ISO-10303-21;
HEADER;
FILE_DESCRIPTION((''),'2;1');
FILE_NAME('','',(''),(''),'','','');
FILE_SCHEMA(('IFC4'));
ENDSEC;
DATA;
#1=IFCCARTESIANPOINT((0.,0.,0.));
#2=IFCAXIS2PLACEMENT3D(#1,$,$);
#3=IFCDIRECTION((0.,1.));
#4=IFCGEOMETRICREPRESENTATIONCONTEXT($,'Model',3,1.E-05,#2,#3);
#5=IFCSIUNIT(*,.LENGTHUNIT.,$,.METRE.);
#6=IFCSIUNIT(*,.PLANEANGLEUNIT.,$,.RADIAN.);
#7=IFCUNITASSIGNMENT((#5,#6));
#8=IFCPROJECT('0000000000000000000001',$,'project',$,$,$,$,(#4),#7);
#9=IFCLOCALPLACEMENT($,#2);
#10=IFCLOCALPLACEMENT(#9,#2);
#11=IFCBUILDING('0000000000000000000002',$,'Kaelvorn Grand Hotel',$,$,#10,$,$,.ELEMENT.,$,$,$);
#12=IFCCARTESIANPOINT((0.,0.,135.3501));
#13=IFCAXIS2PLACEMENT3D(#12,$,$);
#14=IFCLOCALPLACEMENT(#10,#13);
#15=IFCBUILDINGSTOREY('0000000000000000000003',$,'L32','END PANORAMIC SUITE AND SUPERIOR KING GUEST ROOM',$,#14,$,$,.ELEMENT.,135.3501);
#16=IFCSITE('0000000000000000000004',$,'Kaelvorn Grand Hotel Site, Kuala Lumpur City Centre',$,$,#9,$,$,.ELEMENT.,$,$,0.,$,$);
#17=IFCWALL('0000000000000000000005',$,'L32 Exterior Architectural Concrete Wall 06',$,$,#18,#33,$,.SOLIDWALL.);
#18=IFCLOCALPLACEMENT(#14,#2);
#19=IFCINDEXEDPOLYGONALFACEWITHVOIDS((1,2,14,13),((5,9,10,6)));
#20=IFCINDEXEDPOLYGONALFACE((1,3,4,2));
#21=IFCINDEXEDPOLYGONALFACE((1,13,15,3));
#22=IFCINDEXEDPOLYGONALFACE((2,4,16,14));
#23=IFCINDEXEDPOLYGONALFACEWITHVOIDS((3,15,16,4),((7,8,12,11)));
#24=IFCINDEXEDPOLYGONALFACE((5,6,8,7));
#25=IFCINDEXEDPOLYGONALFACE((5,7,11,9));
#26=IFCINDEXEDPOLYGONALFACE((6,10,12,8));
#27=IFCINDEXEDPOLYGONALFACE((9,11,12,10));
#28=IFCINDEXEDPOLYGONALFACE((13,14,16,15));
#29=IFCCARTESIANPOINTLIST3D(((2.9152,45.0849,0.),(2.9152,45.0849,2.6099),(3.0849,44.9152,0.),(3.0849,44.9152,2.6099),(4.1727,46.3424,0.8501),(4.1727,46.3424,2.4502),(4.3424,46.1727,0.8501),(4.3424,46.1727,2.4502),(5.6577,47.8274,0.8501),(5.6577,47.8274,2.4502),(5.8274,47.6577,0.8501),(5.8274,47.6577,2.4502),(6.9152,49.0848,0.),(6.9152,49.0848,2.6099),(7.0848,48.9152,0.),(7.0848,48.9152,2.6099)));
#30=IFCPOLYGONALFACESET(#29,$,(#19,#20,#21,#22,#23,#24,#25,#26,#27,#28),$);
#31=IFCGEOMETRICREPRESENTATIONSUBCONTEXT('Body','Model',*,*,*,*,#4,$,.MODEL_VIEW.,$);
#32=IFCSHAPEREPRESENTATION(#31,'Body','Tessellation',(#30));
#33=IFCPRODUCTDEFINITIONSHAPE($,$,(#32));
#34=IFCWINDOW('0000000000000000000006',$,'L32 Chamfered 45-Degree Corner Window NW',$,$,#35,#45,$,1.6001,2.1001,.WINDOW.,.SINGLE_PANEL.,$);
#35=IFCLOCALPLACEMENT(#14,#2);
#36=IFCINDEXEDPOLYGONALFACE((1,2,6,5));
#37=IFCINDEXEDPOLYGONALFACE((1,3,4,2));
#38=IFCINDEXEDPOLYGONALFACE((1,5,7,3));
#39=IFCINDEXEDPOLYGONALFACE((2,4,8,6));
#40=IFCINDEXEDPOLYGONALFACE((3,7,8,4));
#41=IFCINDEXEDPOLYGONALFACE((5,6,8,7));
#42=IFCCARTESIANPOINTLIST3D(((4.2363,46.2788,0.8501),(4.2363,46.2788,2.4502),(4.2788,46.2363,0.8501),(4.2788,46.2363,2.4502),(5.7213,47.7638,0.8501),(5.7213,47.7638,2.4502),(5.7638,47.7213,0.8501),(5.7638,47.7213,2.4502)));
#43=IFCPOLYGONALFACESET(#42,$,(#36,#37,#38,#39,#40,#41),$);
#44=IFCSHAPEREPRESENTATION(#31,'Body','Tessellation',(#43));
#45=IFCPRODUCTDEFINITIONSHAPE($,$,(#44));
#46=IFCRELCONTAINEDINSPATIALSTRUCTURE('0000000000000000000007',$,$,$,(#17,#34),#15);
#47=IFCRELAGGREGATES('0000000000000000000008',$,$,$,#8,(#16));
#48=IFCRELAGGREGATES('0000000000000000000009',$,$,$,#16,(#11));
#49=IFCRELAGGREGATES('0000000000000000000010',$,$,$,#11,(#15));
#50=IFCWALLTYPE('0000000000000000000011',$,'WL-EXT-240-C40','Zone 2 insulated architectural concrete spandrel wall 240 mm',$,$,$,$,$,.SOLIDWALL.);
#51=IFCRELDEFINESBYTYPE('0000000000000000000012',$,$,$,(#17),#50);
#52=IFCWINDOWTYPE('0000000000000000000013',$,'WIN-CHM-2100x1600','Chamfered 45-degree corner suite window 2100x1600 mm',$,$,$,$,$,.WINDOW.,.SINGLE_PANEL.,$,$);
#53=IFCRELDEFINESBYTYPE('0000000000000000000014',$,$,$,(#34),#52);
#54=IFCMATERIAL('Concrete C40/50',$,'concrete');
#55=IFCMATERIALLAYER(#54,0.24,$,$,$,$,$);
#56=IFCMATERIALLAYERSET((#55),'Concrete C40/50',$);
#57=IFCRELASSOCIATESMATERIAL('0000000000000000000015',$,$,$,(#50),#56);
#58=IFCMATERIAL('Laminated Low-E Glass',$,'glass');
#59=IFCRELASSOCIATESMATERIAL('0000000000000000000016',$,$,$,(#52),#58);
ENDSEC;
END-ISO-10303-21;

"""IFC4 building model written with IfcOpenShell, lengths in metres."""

from ifc_helpers import new_model, si_unit, direction, frame, frame_2d, origin, place, context, subcontext, project, spatial, rectangle, extrude, material, layer, layer_set, type_object, element, fill, save


model = new_model("IFC4")

# Units and contexts
model_context = context("Model", 3, precision=1e-05, world=origin(), true_north=direction((0.0, 1.0)))
body_context = subcontext(model_context, "Body", "Model", "MODEL_VIEW")
ifc_project = project(units=[si_unit("LENGTHUNIT", "METRE"), si_unit("PLANEANGLEUNIT", "RADIAN")], contexts=[model_context])

# Site, building, storey
site_placement = place(None, origin())
site = spatial("IfcSite", under=ifc_project, at=site_placement, Name="Kaelvorn Grand Hotel Site, Kuala Lumpur City Centre", CompositionType="ELEMENT", RefElevation=0.0)
building_placement = place(site_placement, origin())
building = spatial("IfcBuilding", under=site, at=building_placement, Name="Kaelvorn Grand Hotel", CompositionType="ELEMENT")
storey_placement = place(building_placement, frame((0.0, 0.0, 135.3501)))
storey = spatial("IfcBuildingStorey", under=building, at=storey_placement, Name="L32", Description="END PANORAMIC SUITE AND SUPERIOR KING GUEST ROOM", CompositionType="ELEMENT", Elevation=135.3501)

# Wall, opening, window
ifc_material_1 = material(Name="Concrete C40/50", Category="concrete")
ifc_layer_1 = layer(ifc_material_1, 0.24)
ifc_layer_set_1 = layer_set([ifc_layer_1], Name="Concrete C40/50")
wall_type = type_object("IfcWallType", Name="WL-EXT-240-C40", Description="Zone 2 insulated architectural concrete spandrel wall 240 mm", PredefinedType="SOLIDWALL", material=ifc_layer_set_1)
wall_1_placement = place(storey_placement, frame((7.0, 49.0, 0.0), z_axis=(0.0, 0.0, 1.0), x_axis=(-0.707107, -0.707107, 0.0)))
wall_1 = element("IfcWall", 1, at=wall_1_placement, inside=storey, type_object=wall_type, Name="L32 Exterior Architectural Concrete Wall 06", PredefinedType="SOLIDWALL", context=body_context, shape_type="SweptSolid", body=[
    extrude(rectangle(XDim=5.6567, YDim=0.24, at=frame_2d((2.8284, 0.0))), origin(), (0.0, 0.0, 1.0), 2.6099),
])
opening_1_placement = place(wall_1_placement, frame((1.7783, 0.0, 0.8501)))
opening_1 = element("IfcOpeningElement", 2, at=opening_1_placement, cuts=wall_1, PredefinedType="OPENING", context=body_context, shape_type="SweptSolid", body=[
    extrude(rectangle(XDim=2.1001, YDim=1.6001, at=frame_2d((1.05, 0.8))), frame((0.0, 0.1299, 0.0), z_axis=(0.0, -1.0, 0.0), x_axis=(1.0, 0.0, 0.0)), (0.0, 0.0, 1.0), 0.26),
])
ifc_material_2 = material(Name="Laminated Low-E Glass", Category="glass")
window_type_1 = type_object("IfcWindowType", Name="WIN-CHM-2100x1600", Description="Chamfered 45-degree corner suite window 2100x1600 mm", PartitioningType="SINGLE_PANEL", PredefinedType="WINDOW", material=ifc_material_2)
window_1_placement = place(opening_1_placement, origin())
window_1 = element("IfcWindow", 3, at=window_1_placement, inside=storey, type_object=window_type_1, Name="L32 Chamfered 45-Degree Corner Window NW", OverallHeight=1.6001, OverallWidth=2.1001, PartitioningType="SINGLE_PANEL", PredefinedType="WINDOW", context=body_context, shape_type="SweptSolid", body=[
    extrude(rectangle(XDim=2.1001, YDim=1.6001, at=frame_2d((1.05, 0.8))), frame((0.0, 0.03, 0.0), z_axis=(0.0, -1.0, 0.0), x_axis=(1.0, 0.0, 0.0)), (0.0, 0.0, 1.0), 0.0601),
])
fill(opening_1, window_1)

save(model, "model.ifc")
